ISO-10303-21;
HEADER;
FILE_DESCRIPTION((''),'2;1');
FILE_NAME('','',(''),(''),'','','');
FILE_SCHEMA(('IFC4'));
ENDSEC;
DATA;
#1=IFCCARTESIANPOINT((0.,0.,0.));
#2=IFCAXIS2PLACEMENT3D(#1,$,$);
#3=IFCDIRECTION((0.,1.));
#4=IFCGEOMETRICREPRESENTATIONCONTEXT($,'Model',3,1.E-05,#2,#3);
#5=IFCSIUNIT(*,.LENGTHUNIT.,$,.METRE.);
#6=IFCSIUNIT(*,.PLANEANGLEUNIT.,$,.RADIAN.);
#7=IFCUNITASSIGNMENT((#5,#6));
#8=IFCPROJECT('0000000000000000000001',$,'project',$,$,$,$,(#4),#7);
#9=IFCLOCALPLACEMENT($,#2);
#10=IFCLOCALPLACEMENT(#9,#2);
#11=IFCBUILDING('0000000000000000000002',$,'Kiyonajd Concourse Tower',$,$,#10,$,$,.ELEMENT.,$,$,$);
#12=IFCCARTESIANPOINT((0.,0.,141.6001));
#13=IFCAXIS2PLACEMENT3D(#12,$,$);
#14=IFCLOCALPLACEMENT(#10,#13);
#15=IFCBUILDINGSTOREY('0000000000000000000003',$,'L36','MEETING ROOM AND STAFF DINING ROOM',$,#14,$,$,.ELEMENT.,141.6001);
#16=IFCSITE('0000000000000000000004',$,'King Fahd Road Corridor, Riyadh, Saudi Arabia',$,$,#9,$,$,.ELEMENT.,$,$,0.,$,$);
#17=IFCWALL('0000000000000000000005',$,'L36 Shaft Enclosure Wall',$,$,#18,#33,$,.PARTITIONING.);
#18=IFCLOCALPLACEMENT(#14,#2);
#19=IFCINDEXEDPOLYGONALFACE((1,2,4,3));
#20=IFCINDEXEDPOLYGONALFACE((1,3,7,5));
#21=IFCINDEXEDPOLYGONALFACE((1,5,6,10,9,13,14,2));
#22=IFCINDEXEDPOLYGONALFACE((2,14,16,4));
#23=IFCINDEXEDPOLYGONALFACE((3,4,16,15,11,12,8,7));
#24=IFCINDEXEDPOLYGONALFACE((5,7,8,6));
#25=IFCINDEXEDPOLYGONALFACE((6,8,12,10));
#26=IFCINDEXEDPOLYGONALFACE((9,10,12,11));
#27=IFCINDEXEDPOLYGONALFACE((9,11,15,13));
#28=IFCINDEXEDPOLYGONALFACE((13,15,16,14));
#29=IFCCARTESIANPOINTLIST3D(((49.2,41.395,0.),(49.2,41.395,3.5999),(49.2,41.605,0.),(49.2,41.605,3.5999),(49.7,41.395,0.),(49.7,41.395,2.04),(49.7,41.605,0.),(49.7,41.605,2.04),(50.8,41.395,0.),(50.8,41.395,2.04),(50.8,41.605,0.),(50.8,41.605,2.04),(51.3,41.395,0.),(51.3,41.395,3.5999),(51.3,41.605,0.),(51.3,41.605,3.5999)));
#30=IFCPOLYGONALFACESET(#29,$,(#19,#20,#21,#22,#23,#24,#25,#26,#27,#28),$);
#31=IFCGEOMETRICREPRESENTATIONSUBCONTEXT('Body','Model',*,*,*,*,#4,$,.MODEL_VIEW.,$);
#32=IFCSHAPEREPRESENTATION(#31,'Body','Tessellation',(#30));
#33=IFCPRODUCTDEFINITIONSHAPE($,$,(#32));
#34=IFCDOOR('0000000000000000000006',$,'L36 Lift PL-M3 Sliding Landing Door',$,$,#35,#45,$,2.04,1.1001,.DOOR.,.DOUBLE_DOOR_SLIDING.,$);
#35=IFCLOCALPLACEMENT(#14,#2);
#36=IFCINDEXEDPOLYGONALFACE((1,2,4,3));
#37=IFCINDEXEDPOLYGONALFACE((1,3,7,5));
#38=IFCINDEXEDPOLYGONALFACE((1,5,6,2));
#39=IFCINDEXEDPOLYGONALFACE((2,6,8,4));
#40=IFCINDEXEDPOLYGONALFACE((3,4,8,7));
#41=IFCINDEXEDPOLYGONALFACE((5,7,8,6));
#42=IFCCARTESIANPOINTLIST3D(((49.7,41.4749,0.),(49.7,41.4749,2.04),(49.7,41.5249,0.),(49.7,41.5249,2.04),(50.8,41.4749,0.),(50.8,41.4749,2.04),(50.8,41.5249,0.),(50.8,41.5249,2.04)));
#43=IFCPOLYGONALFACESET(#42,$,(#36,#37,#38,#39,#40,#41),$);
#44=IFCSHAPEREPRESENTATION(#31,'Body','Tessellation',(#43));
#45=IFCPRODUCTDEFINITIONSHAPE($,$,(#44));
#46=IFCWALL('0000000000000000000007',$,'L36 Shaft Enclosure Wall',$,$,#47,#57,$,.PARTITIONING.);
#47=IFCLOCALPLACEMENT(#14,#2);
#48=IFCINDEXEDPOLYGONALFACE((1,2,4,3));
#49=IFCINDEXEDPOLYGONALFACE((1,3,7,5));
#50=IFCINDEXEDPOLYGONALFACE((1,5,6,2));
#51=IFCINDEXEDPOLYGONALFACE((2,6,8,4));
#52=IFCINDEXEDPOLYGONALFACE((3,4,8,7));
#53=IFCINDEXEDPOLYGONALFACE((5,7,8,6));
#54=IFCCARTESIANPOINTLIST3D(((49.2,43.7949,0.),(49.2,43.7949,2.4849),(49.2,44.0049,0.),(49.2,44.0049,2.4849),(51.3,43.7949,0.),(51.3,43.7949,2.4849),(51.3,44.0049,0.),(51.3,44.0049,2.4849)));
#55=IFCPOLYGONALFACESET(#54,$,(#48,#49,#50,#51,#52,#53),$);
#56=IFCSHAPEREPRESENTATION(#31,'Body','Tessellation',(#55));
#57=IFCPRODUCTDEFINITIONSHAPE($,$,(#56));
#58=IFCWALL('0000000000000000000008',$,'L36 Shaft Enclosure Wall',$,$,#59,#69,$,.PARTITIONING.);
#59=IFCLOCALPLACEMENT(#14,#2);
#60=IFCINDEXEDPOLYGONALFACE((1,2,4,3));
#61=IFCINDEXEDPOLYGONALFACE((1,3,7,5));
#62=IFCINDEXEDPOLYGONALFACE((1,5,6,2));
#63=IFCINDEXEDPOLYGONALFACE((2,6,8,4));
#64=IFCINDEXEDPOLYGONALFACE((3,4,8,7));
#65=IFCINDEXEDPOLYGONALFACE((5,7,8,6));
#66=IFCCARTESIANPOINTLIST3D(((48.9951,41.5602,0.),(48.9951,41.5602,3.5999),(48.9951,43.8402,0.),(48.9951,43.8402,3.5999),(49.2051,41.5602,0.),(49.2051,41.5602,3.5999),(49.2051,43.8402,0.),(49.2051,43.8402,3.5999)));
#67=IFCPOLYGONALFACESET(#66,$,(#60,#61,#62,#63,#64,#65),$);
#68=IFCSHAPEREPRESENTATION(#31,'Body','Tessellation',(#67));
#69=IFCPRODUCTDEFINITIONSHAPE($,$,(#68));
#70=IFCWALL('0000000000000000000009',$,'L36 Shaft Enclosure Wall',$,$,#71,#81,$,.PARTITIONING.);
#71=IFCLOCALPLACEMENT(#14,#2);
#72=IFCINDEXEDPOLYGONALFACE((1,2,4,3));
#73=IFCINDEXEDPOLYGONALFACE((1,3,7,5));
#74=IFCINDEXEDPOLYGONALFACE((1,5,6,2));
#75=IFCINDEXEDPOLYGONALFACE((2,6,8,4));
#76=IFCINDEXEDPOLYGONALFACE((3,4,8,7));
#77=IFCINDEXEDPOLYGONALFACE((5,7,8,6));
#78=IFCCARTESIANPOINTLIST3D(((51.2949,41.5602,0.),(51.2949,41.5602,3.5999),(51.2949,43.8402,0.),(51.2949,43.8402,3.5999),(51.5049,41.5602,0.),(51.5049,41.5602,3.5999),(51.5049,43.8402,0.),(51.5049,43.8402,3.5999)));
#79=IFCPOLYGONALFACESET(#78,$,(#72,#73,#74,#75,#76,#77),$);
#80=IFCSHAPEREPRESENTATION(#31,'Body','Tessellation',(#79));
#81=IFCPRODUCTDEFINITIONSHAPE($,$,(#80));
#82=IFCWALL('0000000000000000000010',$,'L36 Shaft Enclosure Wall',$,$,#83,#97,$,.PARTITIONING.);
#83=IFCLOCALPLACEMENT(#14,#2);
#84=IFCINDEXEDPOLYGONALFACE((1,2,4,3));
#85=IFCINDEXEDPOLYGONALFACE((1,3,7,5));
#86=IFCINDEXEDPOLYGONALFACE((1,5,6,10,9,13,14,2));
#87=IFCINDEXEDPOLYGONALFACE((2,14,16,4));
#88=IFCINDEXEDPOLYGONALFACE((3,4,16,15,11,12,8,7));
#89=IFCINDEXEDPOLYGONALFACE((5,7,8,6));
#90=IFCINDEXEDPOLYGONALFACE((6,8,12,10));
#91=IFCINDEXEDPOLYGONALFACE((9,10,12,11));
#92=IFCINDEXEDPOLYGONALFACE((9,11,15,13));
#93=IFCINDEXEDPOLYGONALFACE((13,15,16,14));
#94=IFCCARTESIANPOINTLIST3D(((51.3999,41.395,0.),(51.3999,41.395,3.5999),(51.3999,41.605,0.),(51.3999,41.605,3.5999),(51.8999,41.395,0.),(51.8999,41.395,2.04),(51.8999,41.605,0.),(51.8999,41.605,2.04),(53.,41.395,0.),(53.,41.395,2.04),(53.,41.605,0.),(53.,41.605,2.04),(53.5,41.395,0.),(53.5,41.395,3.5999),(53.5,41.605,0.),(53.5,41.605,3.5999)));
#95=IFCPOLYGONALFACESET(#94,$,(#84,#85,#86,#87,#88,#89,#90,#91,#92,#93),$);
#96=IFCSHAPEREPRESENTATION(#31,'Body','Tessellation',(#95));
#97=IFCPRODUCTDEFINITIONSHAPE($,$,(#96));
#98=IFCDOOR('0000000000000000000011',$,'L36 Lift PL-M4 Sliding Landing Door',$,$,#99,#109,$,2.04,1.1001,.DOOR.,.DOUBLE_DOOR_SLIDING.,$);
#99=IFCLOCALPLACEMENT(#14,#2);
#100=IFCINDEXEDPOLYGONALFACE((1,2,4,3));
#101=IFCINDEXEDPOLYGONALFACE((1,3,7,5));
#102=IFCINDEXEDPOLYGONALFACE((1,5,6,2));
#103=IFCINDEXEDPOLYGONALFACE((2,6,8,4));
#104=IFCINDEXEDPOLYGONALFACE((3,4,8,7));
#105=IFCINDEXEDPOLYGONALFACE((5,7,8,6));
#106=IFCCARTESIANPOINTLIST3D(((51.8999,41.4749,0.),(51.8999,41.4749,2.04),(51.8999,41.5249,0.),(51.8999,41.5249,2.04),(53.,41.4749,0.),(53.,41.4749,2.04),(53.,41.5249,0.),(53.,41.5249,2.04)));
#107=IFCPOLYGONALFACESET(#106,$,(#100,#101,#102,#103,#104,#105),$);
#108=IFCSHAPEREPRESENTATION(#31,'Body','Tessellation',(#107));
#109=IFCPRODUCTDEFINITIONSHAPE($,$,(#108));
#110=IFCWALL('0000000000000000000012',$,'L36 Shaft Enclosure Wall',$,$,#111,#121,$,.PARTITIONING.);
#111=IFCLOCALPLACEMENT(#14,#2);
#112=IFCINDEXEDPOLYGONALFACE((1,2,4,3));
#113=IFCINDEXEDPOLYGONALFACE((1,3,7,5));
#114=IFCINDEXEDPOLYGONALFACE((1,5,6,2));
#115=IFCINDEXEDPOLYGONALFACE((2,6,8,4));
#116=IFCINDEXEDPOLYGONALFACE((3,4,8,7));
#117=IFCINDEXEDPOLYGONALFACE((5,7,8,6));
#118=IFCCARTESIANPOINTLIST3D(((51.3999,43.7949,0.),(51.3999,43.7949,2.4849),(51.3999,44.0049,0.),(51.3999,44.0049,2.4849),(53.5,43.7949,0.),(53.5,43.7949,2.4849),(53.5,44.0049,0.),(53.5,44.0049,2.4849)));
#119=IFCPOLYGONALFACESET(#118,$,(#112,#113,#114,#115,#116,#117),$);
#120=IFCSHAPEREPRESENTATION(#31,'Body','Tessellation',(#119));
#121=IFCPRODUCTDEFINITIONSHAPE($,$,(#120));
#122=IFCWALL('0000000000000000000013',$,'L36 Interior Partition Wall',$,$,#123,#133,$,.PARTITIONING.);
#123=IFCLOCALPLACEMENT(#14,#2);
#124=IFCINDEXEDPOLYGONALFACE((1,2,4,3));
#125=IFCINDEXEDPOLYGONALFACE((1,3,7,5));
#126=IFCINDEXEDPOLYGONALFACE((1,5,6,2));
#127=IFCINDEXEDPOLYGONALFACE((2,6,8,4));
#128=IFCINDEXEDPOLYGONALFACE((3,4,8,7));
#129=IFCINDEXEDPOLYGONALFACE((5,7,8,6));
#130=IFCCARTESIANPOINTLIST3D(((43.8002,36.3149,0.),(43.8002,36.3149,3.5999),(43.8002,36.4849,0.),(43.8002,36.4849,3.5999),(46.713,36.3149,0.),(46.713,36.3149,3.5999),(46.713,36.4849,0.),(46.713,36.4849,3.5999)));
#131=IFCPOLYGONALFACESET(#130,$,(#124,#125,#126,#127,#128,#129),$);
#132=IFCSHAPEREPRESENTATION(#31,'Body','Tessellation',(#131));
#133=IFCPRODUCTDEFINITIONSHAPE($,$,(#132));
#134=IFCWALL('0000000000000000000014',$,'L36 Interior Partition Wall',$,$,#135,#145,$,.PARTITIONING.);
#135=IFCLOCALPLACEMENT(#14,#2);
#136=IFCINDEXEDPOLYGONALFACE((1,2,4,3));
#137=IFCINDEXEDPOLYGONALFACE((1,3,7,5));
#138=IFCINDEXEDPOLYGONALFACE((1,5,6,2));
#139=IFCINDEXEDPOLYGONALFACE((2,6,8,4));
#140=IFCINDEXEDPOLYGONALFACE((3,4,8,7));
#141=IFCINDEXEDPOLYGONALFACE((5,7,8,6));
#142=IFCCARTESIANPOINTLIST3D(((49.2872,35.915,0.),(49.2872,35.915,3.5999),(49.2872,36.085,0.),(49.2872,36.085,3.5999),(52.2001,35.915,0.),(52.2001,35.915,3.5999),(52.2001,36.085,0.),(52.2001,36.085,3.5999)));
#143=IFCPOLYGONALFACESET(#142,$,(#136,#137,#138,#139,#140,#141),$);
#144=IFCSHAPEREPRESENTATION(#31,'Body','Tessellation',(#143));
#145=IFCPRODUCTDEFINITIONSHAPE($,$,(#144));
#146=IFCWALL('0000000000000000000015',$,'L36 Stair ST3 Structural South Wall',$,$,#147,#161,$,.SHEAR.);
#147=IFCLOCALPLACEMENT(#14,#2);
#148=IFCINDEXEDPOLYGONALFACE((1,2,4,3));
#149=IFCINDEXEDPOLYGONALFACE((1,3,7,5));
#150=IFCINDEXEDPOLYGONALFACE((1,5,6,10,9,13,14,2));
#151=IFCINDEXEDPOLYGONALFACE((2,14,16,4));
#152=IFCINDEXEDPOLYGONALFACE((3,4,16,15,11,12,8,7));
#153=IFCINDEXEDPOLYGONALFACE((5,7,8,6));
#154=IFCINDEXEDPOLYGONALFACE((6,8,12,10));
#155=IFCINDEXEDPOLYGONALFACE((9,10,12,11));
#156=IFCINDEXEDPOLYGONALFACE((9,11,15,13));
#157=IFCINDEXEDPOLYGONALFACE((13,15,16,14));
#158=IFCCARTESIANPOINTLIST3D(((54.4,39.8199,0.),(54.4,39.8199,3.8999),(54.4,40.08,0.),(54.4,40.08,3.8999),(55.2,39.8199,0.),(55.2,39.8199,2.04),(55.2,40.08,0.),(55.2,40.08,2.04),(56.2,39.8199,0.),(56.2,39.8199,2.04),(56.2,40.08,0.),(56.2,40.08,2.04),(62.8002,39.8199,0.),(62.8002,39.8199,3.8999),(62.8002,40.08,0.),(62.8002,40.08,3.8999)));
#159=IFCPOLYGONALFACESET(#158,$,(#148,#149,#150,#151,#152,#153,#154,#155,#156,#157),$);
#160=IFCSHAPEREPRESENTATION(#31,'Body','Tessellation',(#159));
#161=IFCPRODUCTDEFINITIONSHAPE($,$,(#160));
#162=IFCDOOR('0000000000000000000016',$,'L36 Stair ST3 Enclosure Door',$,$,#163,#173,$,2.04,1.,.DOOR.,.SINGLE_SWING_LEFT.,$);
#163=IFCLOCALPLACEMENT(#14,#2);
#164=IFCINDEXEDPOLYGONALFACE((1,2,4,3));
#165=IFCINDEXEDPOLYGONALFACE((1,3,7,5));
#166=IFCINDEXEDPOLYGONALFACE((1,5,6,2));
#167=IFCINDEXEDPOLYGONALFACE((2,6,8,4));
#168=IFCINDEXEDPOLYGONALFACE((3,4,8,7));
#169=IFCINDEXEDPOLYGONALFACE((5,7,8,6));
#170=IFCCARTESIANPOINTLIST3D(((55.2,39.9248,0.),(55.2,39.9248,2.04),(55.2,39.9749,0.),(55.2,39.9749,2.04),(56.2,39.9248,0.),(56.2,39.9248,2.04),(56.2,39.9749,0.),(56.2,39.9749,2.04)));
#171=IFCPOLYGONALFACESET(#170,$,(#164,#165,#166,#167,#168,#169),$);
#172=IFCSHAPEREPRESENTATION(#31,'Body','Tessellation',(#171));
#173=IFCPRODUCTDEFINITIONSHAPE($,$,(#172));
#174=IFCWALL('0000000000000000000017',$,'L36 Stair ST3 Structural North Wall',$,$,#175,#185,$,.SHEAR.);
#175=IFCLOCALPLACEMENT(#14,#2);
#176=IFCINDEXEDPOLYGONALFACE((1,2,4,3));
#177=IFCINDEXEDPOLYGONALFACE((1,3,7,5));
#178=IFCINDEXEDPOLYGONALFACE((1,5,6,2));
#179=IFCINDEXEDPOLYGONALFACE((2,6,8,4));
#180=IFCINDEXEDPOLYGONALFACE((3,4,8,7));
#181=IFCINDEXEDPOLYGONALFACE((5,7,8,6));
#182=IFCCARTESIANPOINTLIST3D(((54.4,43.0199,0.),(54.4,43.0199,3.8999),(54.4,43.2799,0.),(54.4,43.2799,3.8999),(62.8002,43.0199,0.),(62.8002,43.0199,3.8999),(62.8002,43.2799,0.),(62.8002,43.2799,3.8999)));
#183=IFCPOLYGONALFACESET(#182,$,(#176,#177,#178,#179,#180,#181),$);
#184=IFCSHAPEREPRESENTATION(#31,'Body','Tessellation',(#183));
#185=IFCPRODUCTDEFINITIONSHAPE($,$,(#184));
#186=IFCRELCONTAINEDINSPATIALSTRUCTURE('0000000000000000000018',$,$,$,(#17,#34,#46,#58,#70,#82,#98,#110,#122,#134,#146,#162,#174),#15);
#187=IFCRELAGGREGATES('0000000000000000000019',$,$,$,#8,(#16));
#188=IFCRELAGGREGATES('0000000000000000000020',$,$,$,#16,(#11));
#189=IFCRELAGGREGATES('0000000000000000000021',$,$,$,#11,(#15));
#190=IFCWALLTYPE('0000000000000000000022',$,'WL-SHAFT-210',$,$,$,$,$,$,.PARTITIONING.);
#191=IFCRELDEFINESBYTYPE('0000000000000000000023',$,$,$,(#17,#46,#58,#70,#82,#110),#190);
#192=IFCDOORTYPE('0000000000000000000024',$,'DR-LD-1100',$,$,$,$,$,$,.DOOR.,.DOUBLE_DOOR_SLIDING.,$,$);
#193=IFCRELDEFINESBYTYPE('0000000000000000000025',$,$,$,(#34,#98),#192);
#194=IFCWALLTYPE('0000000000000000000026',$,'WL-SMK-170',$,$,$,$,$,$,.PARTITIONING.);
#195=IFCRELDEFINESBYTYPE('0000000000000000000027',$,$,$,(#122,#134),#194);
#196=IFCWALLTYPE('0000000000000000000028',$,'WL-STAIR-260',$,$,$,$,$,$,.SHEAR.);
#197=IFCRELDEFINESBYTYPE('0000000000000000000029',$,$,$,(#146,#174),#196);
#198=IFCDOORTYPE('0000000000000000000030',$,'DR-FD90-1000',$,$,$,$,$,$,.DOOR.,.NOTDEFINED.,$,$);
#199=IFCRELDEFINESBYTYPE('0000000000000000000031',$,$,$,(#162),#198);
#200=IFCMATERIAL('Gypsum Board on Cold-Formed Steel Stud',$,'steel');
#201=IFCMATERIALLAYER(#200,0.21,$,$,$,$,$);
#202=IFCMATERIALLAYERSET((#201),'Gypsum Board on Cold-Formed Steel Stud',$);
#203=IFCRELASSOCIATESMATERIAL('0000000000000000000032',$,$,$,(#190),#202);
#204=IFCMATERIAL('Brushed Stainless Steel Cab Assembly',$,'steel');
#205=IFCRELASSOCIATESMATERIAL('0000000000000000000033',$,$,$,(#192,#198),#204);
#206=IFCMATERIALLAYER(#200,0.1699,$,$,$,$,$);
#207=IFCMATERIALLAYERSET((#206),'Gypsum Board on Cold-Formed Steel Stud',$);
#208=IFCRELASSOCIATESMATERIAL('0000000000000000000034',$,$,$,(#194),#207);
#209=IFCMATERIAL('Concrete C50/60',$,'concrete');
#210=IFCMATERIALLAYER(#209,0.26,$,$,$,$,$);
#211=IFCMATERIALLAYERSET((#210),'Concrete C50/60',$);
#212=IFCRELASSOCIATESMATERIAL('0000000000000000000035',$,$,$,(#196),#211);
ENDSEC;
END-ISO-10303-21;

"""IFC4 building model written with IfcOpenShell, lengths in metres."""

from ifc_helpers import new_model, si_unit, direction, frame, frame_2d, origin, place, context, subcontext, project, spatial, rectangle, extrude, material, layer, layer_set, type_object, element, fill, save


model = new_model("IFC4")

# Units and contexts
model_context = context("Model", 3, precision=1e-05, world=origin(), true_north=direction((0.0, 1.0)))
body_context = subcontext(model_context, "Body", "Model", "MODEL_VIEW")
ifc_project = project(units=[si_unit("LENGTHUNIT", "METRE"), si_unit("PLANEANGLEUNIT", "RADIAN")], contexts=[model_context])

# Site, building, storey
site_placement = place(None, origin())
site = spatial("IfcSite", under=ifc_project, at=site_placement, Name="King Fahd Road Corridor, Riyadh, Saudi Arabia", CompositionType="ELEMENT", RefElevation=0.0)
building_placement = place(site_placement, origin())
building = spatial("IfcBuilding", under=site, at=building_placement, Name="Kiyonajd Concourse Tower", CompositionType="ELEMENT")
storey_placement = place(building_placement, frame((0.0, 0.0, 141.6001)))
storey = spatial("IfcBuildingStorey", under=building, at=storey_placement, Name="L36", Description="MEETING ROOM AND STAFF DINING ROOM", CompositionType="ELEMENT", Elevation=141.6001)

# Shared definitions
ifc_material_1 = material(Name="Concrete C50/60", Category="concrete")

# Shared definitions
ifc_material_2 = material(Name="Gypsum Board on Cold-Formed Steel Stud", Category="steel")
ifc_layer_1 = layer(ifc_material_2, 0.21)
ifc_layer_set_1 = layer_set([ifc_layer_1], Name="Gypsum Board on Cold-Formed Steel Stud")
wall_type_1 = type_object("IfcWallType", Name="WL-SHAFT-210", PredefinedType="PARTITIONING", material=ifc_layer_set_1)

# Shared definitions
ifc_material_3 = material(Name="Brushed Stainless Steel Cab Assembly", Category="steel")
door_type_1 = type_object("IfcDoorType", Name="DR-LD-1100", OperationType="DOUBLE_DOOR_SLIDING", PredefinedType="DOOR", material=ifc_material_3)

# Wall, opening, door
wall_1_placement = place(storey_placement, frame((49.2, 41.5, 0.0), z_axis=(0.0, 0.0, 1.0), x_axis=(1.0, 0.0, 0.0)))
wall_1 = element("IfcWall", 1, at=wall_1_placement, inside=storey, type_object=wall_type_1, Name="L36 Shaft Enclosure Wall", PredefinedType="PARTITIONING", context=body_context, shape_type="SweptSolid", body=[
    extrude(rectangle(XDim=2.1001, YDim=0.21, at=frame_2d((1.05, 0.0))), origin(), (0.0, 0.0, 1.0), 3.5999),
])
opening_1_placement = place(wall_1_placement, frame((0.5, 0.0, 0.0)))
opening_1 = element("IfcOpeningElement", 2, at=opening_1_placement, cuts=wall_1, PredefinedType="OPENING", context=body_context, shape_type="SweptSolid", body=[
    extrude(rectangle(XDim=1.1001, YDim=2.04, at=frame_2d((0.55, 1.02))), frame((0.0, 0.115, 0.0), z_axis=(0.0, -1.0, 0.0), x_axis=(1.0, 0.0, 0.0)), (0.0, 0.0, 1.0), 0.23),
])
door_1_placement = place(opening_1_placement, origin())
door_1 = element("IfcDoor", 3, at=door_1_placement, inside=storey, type_object=door_type_1, Name="L36 Lift PL-M3 Sliding Landing Door", OperationType="DOUBLE_DOOR_SLIDING", OverallHeight=2.04, OverallWidth=1.1001, PredefinedType="DOOR", context=body_context, shape_type="SweptSolid", body=[
    extrude(rectangle(XDim=1.1001, YDim=2.04, at=frame_2d((0.55, 1.02))), frame((0.0, 0.0249, 0.0), z_axis=(0.0, -1.0, 0.0), x_axis=(1.0, 0.0, 0.0)), (0.0, 0.0, 1.0), 0.05),
])
fill(opening_1, door_1)

# Walls
wall_2_placement = place(storey_placement, frame((49.2, 43.8999, 0.0), z_axis=(0.0, 0.0, 1.0), x_axis=(1.0, 0.0, 0.0)))
element("IfcWall", 4, at=wall_2_placement, inside=storey, type_object=wall_type_1, Name="L36 Shaft Enclosure Wall", PredefinedType="PARTITIONING", context=body_context, shape_type="SweptSolid", body=[
    extrude(rectangle(XDim=2.1001, YDim=0.21, at=frame_2d((1.05, 0.0))), origin(), (0.0, 0.0, 1.0), 2.4849),
])
for number, where, z_axis, x_axis, name in (
    (5, (49.1001, 41.5601, 0.0), (0.0, 0.0, 1.0), (0.0, 1.0, 0.0), "L36 Shaft Enclosure Wall"),
    (6, (51.3999, 41.5601, 0.0), (0.0, 0.0, 1.0), (0.0, 1.0, 0.0), "L36 Shaft Enclosure Wall"),
):
    element("IfcWall", number, at=place(storey_placement, frame(where, z_axis=z_axis, x_axis=x_axis)), inside=storey, type_object=wall_type_1, Name=name, PredefinedType="PARTITIONING", context=body_context, shape_type="SweptSolid", body=[
        extrude(rectangle(XDim=2.28, YDim=0.21, at=frame_2d((1.1401, 0.0))), origin(), (0.0, 0.0, 1.0), 3.5999),
    ])

# Wall, opening, door
wall_3_placement = place(storey_placement, frame((51.3999, 41.5, 0.0), z_axis=(0.0, 0.0, 1.0), x_axis=(1.0, 0.0, 0.0)))
wall_3 = element("IfcWall", 7, at=wall_3_placement, inside=storey, type_object=wall_type_1, Name="L36 Shaft Enclosure Wall", PredefinedType="PARTITIONING", context=body_context, shape_type="SweptSolid", body=[
    extrude(rectangle(XDim=2.1001, YDim=0.21, at=frame_2d((1.05, 0.0))), origin(), (0.0, 0.0, 1.0), 3.5999),
])
opening_2_placement = place(wall_3_placement, frame((0.5, 0.0, 0.0)))
opening_2 = element("IfcOpeningElement", 8, at=opening_2_placement, cuts=wall_3, PredefinedType="OPENING", context=body_context, shape_type="SweptSolid", body=[
    extrude(rectangle(XDim=1.1001, YDim=2.04, at=frame_2d((0.55, 1.02))), frame((0.0, 0.115, 0.0), z_axis=(0.0, -1.0, 0.0), x_axis=(1.0, 0.0, 0.0)), (0.0, 0.0, 1.0), 0.23),
])
door_2_placement = place(opening_2_placement, origin())
door_2 = element("IfcDoor", 9, at=door_2_placement, inside=storey, type_object=door_type_1, Name="L36 Lift PL-M4 Sliding Landing Door", OperationType="DOUBLE_DOOR_SLIDING", OverallHeight=2.04, OverallWidth=1.1001, PredefinedType="DOOR", context=body_context, shape_type="SweptSolid", body=[
    extrude(rectangle(XDim=1.1001, YDim=2.04, at=frame_2d((0.55, 1.02))), frame((0.0, 0.0249, 0.0), z_axis=(0.0, -1.0, 0.0), x_axis=(1.0, 0.0, 0.0)), (0.0, 0.0, 1.0), 0.05),
])
fill(opening_2, door_2)

# Walls
wall_4_placement = place(storey_placement, frame((51.3999, 43.8999, 0.0), z_axis=(0.0, 0.0, 1.0), x_axis=(1.0, 0.0, 0.0)))
element("IfcWall", 10, at=wall_4_placement, inside=storey, type_object=wall_type_1, Name="L36 Shaft Enclosure Wall", PredefinedType="PARTITIONING", context=body_context, shape_type="SweptSolid", body=[
    extrude(rectangle(XDim=2.1001, YDim=0.21, at=frame_2d((1.05, 0.0))), origin(), (0.0, 0.0, 1.0), 2.4849),
])
ifc_layer_2 = layer(ifc_material_2, 0.1699)
ifc_layer_set_2 = layer_set([ifc_layer_2], Name="Gypsum Board on Cold-Formed Steel Stud")
wall_type_2 = type_object("IfcWallType", Name="WL-SMK-170", PredefinedType="PARTITIONING", material=ifc_layer_set_2)
for number, where, z_axis, x_axis, name in (
    (11, (43.8, 36.3999, 0.0), (0.0, 0.0, 1.0), (1.0, 0.0, 0.0), "L36 Interior Partition Wall"),
    (12, (49.2871, 36.0, 0.0), (0.0, 0.0, 1.0), (1.0, 0.0, 0.0), "L36 Interior Partition Wall"),
):
    element("IfcWall", number, at=place(storey_placement, frame(where, z_axis=z_axis, x_axis=x_axis)), inside=storey, type_object=wall_type_2, Name=name, PredefinedType="PARTITIONING", context=body_context, shape_type="SweptSolid", body=[
        extrude(rectangle(XDim=2.9128, YDim=0.1699, at=frame_2d((1.4565, 0.0))), origin(), (0.0, 0.0, 1.0), 3.5999),
    ])

# Wall, opening, door
ifc_layer_3 = layer(ifc_material_1, 0.26)
ifc_layer_set_3 = layer_set([ifc_layer_3], Name="Concrete C50/60")
wall_type_3 = type_object("IfcWallType", Name="WL-STAIR-260", PredefinedType="SHEAR", material=ifc_layer_set_3)
wall_5_placement = place(storey_placement, frame((54.3999, 39.95, 0.0), z_axis=(0.0, 0.0, 1.0), x_axis=(1.0, 0.0, 0.0)))
wall_5 = element("IfcWall", 13, at=wall_5_placement, inside=storey, type_object=wall_type_3, Name="L36 Stair ST3 Structural South Wall", PredefinedType="SHEAR", context=body_context, shape_type="SweptSolid", body=[
    extrude(rectangle(XDim=8.4001, YDim=0.26, at=frame_2d((4.2002, 0.0))), origin(), (0.0, 0.0, 1.0), 3.8999),
])
opening_3_placement = place(wall_5_placement, frame((0.8, 0.0, 0.0)))
opening_3 = element("IfcOpeningElement", 14, at=opening_3_placement, cuts=wall_5, PredefinedType="OPENING", context=body_context, shape_type="SweptSolid", body=[
    extrude(rectangle(XDim=1.0, YDim=2.04, at=frame_2d((0.5, 1.02))), frame((0.0, 0.1399, 0.0), z_axis=(0.0, -1.0, 0.0), x_axis=(1.0, 0.0, 0.0)), (0.0, 0.0, 1.0), 0.28),
])
door_type_2 = type_object("IfcDoorType", Name="DR-FD90-1000", OperationType="NOTDEFINED", PredefinedType="DOOR", material=ifc_material_3)
door_3_placement = place(opening_3_placement, origin())
door_3 = element("IfcDoor", 15, at=door_3_placement, inside=storey, type_object=door_type_2, Name="L36 Stair ST3 Enclosure Door", OperationType="SINGLE_SWING_LEFT", OverallHeight=2.04, OverallWidth=1.0, PredefinedType="DOOR", context=body_context, shape_type="SweptSolid", body=[
    extrude(rectangle(XDim=1.0, YDim=2.04, at=frame_2d((0.5, 1.02))), frame((0.0, 0.0249, 0.0), z_axis=(0.0, -1.0, 0.0), x_axis=(1.0, 0.0, 0.0)), (0.0, 0.0, 1.0), 0.05),
])
fill(opening_3, door_3)

# Wall
wall_6_placement = place(storey_placement, frame((54.3999, 43.1499, 0.0), z_axis=(0.0, 0.0, 1.0), x_axis=(1.0, 0.0, 0.0)))
element("IfcWall", 16, at=wall_6_placement, inside=storey, type_object=wall_type_3, Name="L36 Stair ST3 Structural North Wall", PredefinedType="SHEAR", context=body_context, shape_type="SweptSolid", body=[
    extrude(rectangle(XDim=8.4001, YDim=0.26, at=frame_2d((4.2002, 0.0))), origin(), (0.0, 0.0, 1.0), 3.8999),
])

save(model, "model.ifc")
